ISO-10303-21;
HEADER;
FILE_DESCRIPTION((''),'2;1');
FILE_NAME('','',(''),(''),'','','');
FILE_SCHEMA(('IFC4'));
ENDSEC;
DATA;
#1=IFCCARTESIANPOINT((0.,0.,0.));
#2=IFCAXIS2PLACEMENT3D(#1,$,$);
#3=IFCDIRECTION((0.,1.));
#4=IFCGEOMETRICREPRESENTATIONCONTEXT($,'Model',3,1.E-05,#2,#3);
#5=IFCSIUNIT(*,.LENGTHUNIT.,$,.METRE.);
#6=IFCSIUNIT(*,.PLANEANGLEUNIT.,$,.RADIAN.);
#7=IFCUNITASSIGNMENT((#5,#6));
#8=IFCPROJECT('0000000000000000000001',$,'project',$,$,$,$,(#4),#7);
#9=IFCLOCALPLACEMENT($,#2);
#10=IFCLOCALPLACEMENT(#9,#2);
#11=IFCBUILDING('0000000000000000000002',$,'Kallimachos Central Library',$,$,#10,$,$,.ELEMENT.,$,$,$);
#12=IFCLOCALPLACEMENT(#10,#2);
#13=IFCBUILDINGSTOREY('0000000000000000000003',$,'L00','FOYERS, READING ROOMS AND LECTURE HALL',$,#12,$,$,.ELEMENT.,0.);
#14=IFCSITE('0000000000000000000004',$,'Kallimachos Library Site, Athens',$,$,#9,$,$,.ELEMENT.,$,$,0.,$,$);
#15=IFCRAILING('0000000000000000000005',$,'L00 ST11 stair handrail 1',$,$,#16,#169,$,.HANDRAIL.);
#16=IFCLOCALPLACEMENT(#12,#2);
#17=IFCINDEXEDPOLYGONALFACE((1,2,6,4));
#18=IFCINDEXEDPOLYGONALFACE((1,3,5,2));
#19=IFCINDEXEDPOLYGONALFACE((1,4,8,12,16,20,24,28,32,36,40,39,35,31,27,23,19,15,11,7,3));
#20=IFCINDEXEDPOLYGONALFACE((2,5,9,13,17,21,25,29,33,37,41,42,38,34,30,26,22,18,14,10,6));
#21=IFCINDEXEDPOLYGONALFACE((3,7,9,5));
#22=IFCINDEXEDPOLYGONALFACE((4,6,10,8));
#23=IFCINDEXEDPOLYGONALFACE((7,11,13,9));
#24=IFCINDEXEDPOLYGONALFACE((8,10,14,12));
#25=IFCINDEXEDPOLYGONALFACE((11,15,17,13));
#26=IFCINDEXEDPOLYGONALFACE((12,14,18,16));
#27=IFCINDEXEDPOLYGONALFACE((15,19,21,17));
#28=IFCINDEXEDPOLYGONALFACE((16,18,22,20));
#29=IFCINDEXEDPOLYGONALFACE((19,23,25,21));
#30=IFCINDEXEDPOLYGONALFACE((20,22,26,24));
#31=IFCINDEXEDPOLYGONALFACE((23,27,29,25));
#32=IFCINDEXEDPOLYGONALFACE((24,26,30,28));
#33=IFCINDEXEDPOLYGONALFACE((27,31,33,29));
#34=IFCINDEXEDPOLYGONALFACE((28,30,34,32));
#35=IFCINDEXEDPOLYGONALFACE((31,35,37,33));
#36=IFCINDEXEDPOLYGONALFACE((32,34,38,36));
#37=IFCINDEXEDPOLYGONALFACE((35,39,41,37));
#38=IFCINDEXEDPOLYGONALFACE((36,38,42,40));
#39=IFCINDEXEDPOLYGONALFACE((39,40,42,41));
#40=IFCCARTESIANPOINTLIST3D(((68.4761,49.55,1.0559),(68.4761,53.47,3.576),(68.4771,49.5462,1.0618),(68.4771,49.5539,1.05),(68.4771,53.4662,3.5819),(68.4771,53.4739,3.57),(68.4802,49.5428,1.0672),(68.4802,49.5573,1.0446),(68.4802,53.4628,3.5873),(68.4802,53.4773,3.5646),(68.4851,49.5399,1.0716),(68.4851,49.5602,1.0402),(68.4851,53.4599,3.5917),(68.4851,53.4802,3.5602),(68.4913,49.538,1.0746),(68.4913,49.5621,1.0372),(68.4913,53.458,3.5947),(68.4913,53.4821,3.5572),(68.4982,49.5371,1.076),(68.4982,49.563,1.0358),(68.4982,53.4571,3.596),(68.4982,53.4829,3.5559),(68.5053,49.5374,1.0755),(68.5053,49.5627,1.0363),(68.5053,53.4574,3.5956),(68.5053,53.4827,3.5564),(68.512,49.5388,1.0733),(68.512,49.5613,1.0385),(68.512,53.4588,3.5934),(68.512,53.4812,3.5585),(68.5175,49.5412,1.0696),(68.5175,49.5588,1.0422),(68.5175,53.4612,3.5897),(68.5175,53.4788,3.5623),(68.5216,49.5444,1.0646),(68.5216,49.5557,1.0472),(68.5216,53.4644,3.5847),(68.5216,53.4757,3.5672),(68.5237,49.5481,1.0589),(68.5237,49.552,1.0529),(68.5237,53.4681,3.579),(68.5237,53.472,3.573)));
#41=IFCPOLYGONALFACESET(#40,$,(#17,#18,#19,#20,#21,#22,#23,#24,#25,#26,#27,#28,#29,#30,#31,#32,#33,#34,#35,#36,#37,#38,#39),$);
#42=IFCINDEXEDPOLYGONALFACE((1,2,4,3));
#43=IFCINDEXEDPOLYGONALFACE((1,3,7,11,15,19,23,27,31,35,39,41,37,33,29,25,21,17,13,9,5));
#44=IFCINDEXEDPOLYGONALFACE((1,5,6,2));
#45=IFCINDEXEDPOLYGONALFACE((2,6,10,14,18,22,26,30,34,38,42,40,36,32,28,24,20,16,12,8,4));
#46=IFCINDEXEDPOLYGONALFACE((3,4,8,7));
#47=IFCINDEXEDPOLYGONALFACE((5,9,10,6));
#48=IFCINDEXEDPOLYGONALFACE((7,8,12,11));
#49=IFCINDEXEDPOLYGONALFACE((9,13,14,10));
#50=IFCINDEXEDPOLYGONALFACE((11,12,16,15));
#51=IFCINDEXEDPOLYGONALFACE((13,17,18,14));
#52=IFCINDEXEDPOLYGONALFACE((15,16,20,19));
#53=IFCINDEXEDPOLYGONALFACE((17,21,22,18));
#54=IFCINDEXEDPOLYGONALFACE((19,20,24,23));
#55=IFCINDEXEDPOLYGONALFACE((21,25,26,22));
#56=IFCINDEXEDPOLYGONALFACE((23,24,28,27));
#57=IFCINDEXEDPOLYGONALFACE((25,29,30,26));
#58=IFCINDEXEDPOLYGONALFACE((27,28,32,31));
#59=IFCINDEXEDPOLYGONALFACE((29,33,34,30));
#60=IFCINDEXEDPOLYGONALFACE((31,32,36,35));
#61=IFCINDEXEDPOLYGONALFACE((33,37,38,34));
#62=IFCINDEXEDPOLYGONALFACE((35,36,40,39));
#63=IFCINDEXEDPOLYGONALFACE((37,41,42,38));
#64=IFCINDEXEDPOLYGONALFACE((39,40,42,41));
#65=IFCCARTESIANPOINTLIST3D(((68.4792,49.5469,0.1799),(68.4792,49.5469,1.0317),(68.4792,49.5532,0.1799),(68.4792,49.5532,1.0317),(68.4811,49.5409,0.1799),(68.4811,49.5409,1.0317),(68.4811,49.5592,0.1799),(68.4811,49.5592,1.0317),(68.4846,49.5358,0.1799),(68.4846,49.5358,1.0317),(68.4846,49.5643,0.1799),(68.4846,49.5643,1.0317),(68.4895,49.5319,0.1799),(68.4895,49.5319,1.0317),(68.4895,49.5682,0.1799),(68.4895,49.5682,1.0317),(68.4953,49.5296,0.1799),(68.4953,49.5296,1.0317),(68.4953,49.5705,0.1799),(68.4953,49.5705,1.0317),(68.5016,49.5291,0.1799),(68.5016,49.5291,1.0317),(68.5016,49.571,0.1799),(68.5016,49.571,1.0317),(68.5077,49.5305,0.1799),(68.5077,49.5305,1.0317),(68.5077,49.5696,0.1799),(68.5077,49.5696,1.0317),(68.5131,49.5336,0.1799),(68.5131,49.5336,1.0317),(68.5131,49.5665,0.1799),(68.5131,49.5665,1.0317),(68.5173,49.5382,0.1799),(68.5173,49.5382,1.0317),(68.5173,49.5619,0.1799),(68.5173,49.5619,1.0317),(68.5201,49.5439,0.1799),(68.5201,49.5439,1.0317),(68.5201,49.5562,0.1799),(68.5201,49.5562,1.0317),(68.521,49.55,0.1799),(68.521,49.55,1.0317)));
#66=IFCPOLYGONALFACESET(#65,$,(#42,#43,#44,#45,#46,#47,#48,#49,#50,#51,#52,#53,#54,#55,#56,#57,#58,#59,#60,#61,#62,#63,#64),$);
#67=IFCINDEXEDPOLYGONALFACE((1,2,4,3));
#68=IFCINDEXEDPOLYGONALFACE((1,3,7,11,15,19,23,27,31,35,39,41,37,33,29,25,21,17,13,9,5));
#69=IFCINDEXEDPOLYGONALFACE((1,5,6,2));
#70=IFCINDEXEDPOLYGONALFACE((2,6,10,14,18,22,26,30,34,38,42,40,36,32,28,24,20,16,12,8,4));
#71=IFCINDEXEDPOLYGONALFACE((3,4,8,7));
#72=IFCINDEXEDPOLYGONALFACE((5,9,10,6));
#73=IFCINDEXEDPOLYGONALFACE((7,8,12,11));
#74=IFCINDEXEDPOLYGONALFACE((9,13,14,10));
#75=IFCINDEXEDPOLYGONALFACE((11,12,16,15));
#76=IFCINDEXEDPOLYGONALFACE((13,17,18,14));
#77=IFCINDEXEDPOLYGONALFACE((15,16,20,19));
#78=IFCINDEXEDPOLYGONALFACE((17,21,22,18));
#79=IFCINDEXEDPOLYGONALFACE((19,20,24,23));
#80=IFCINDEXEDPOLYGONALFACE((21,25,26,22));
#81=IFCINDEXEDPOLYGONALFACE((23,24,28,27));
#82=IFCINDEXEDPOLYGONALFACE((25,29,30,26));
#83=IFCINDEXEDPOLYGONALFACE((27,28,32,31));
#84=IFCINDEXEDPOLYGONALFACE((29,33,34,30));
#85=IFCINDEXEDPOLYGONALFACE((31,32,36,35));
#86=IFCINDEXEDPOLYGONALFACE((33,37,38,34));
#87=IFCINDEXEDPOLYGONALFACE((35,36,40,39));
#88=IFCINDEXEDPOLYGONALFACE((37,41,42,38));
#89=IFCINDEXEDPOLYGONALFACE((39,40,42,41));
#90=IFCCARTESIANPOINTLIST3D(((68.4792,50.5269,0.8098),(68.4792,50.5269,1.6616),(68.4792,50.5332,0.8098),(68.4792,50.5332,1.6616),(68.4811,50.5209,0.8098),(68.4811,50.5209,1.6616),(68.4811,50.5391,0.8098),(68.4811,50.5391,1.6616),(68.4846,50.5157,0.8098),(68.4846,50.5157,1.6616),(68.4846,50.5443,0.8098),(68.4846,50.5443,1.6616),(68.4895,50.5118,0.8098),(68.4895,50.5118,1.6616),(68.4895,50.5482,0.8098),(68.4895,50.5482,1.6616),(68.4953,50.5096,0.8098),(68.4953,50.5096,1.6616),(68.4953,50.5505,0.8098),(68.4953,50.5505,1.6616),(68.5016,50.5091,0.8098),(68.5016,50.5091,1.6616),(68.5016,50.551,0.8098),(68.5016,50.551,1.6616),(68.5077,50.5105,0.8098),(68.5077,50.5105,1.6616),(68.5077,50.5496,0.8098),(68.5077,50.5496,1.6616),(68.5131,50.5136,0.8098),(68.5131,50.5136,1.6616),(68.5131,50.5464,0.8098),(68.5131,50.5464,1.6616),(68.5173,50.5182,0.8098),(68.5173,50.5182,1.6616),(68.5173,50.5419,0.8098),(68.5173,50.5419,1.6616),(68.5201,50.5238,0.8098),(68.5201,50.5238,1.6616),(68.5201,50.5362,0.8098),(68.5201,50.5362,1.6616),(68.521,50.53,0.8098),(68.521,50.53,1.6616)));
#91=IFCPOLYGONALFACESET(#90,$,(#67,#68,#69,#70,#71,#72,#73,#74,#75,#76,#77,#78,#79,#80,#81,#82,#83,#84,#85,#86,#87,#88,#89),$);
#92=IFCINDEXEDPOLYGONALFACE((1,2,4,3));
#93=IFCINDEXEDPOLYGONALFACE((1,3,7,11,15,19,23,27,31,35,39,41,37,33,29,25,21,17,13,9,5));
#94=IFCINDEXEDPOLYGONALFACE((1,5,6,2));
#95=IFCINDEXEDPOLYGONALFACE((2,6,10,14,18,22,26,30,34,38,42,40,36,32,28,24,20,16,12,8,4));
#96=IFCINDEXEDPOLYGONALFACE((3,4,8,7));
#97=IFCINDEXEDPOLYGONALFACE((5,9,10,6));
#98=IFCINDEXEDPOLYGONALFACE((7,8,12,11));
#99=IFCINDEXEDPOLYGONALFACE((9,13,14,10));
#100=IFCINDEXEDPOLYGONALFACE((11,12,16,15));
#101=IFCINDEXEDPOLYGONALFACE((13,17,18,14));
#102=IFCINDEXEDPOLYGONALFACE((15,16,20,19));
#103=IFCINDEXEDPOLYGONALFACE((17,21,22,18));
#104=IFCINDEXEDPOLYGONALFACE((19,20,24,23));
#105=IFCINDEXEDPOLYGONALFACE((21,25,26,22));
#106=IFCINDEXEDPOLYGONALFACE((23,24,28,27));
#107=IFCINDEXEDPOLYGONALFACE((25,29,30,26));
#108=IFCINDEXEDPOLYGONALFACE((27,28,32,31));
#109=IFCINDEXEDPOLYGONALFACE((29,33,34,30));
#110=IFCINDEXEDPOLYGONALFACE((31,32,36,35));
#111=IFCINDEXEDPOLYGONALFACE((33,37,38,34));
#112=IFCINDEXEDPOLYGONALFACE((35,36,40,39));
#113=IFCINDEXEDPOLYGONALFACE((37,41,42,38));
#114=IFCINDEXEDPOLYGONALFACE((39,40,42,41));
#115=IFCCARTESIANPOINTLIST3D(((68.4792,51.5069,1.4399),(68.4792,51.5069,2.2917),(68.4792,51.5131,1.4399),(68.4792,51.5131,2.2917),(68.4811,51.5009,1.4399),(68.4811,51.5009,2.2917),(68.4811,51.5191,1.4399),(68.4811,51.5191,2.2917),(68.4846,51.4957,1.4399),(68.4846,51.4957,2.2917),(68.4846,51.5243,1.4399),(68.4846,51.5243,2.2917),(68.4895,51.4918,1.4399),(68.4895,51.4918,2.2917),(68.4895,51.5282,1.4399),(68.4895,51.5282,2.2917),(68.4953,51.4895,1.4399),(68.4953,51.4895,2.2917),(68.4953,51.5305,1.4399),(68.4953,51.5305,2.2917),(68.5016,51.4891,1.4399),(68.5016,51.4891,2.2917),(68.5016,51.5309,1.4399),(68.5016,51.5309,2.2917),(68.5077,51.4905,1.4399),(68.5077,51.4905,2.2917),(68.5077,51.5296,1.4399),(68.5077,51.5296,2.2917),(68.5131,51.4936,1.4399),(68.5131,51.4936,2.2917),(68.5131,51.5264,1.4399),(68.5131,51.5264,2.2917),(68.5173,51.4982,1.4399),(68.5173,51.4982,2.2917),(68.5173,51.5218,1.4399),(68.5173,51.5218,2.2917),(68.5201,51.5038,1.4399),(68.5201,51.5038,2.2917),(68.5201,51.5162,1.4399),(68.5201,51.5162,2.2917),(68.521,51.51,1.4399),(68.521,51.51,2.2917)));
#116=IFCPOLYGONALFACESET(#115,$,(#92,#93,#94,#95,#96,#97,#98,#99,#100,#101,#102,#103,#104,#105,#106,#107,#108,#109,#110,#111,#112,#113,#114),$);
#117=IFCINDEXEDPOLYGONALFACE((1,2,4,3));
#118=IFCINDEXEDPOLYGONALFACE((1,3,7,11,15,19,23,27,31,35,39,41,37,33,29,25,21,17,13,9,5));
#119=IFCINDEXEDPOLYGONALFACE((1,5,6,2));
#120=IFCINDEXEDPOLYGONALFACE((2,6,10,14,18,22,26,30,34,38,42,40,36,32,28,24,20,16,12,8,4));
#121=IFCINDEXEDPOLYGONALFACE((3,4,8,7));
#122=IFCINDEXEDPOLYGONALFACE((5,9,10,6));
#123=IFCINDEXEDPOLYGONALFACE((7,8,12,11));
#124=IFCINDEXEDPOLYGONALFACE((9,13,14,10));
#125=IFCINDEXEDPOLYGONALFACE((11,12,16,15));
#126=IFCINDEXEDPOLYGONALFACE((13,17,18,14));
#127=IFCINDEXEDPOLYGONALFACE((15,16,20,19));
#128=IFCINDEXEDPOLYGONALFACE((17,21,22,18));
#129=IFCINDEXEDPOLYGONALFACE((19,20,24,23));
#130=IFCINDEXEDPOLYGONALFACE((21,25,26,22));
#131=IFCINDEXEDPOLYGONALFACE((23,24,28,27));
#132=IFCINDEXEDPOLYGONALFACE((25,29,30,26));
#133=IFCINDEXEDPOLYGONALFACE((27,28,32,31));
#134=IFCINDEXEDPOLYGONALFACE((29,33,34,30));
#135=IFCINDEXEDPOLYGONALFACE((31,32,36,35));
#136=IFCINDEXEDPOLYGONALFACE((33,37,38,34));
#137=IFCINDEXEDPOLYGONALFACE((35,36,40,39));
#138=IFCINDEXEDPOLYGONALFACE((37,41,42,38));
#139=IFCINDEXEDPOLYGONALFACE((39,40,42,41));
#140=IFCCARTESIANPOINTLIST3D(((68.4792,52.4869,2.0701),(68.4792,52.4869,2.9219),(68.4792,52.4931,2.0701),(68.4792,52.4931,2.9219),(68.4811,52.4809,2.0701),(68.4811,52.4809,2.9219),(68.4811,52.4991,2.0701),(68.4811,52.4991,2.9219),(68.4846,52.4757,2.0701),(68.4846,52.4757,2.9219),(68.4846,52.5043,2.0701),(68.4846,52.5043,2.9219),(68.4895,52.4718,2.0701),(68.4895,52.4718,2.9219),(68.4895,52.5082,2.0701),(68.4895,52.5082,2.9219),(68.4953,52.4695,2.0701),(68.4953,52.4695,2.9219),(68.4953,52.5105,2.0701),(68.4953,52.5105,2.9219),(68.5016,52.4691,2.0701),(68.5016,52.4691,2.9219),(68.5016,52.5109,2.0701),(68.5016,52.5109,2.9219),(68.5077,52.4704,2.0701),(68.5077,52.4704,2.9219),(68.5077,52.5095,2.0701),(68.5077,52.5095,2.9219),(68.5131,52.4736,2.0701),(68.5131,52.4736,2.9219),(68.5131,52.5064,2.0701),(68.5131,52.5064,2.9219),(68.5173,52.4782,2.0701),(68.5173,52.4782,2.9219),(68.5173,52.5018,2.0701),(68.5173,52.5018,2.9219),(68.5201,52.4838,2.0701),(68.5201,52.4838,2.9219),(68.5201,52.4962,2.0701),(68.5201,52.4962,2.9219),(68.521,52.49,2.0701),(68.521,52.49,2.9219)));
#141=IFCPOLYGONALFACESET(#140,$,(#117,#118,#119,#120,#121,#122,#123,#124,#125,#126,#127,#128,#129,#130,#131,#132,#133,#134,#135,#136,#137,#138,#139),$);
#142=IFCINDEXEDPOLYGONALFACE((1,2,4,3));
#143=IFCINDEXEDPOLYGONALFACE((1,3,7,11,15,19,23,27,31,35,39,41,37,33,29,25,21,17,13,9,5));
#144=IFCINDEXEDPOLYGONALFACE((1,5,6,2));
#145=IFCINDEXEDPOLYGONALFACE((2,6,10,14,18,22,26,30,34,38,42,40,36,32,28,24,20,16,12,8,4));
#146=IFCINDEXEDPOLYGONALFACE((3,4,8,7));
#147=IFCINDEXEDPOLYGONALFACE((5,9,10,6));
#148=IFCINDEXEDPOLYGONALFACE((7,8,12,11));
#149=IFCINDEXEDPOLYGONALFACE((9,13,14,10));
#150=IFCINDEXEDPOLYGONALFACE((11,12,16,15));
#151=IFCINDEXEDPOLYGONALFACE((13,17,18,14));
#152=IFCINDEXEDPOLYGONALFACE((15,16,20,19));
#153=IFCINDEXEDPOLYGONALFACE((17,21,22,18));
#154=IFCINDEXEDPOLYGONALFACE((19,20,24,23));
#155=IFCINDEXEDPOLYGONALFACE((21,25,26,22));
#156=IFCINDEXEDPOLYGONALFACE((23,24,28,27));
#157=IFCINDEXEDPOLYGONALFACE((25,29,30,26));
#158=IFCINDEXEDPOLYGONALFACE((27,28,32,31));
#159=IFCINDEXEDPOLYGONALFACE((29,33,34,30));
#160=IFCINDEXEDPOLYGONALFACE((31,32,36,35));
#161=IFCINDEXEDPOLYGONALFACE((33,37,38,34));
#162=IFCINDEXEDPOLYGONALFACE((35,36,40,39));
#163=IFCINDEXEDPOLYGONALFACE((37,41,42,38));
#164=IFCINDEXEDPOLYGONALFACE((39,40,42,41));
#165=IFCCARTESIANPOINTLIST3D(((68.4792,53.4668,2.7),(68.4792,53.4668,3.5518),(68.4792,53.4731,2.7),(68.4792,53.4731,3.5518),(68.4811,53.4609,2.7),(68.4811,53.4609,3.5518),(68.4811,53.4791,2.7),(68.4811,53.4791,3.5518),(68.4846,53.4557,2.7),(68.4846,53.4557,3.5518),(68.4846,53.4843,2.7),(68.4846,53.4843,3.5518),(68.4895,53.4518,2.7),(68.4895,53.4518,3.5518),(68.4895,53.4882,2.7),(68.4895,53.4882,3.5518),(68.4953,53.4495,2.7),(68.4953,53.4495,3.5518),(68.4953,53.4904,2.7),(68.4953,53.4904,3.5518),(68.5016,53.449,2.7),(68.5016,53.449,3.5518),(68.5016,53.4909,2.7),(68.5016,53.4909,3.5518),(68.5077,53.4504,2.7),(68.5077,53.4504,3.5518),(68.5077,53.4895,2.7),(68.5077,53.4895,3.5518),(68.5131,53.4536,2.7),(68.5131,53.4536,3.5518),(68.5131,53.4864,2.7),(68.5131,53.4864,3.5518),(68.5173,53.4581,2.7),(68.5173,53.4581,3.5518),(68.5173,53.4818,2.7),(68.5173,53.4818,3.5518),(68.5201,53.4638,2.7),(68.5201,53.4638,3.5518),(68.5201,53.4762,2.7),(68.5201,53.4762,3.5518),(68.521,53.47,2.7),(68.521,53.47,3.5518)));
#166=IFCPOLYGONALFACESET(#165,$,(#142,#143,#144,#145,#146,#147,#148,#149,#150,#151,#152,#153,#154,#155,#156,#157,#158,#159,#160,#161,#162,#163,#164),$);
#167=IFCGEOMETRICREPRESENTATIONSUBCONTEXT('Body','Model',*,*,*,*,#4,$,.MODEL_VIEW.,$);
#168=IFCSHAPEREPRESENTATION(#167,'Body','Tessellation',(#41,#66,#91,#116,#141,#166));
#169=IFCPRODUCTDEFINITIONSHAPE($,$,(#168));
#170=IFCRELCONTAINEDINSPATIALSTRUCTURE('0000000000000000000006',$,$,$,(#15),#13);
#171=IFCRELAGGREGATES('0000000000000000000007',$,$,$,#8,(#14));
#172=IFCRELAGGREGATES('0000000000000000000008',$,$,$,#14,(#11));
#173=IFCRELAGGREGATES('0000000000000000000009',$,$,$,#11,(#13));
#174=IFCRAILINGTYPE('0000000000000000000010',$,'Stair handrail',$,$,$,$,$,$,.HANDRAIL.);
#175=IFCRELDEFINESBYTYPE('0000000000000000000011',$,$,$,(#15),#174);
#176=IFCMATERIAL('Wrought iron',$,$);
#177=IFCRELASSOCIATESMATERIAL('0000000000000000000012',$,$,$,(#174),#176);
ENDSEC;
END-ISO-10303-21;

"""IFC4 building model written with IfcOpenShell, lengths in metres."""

from ifc_helpers import new_model, si_unit, direction, frame, origin, origin_2d, place, context, subcontext, project, spatial, circle, extrude, material, type_object, element, save


model = new_model("IFC4")

# Units and contexts
model_context = context("Model", 3, precision=1e-05, world=origin(), true_north=direction((0.0, 1.0)))
body_context = subcontext(model_context, "Body", "Model", "MODEL_VIEW")
ifc_project = project(units=[si_unit("LENGTHUNIT", "METRE"), si_unit("PLANEANGLEUNIT", "RADIAN")], contexts=[model_context])

# Site, building, storey
site_placement = place(None, origin())
site = spatial("IfcSite", under=ifc_project, at=site_placement, Name="Kallimachos Library Site, Athens", CompositionType="ELEMENT", RefElevation=0.0)
building_placement = place(site_placement, origin())
building = spatial("IfcBuilding", under=site, at=building_placement, Name="Kallimachos Central Library", CompositionType="ELEMENT")
storey_placement = place(building_placement, origin())
storey = spatial("IfcBuildingStorey", under=building, at=storey_placement, Name="L00", Description="FOYERS, READING ROOMS AND LECTURE HALL", CompositionType="ELEMENT", Elevation=0.0)

# Railing
ifc_material_1 = material(Name="Wrought iron")
railing_type_1 = type_object("IfcRailingType", Name="Stair handrail", PredefinedType="HANDRAIL", material=ifc_material_1)
railing_1_placement = place(storey_placement, frame((68.5, 49.55, 0.1799)))
element("IfcRailing", 1, at=railing_1_placement, inside=storey, type_object=railing_type_1, Name="L00 ST11 stair handrail 1", PredefinedType="HANDRAIL", context=body_context, shape_type="SweptSolid", body=[
    extrude(circle(Radius=0.0239, at=origin_2d()), frame((0.0, 0.0, 0.876), z_axis=(0.0, 0.841172, 0.540768), x_axis=(-1.0, 0.0, 0.0)), (0.0, 0.0, 1.0), 4.6602),
    extrude(circle(Radius=0.021, at=origin_2d()), origin(), (0.0, 0.0, 1.0), 0.8518),
    extrude(circle(Radius=0.021, at=origin_2d()), frame((0.0, 0.98, 0.6299)), (0.0, 0.0, 1.0), 0.8518),
    extrude(circle(Radius=0.021, at=origin_2d()), frame((0.0, 1.96, 1.26)), (0.0, 0.0, 1.0), 0.8518),
    extrude(circle(Radius=0.021, at=origin_2d()), frame((0.0, 2.9399, 1.8901)), (0.0, 0.0, 1.0), 0.8518),
    extrude(circle(Radius=0.021, at=origin_2d()), frame((0.0, 3.9199, 2.52)), (0.0, 0.0, 1.0), 0.8518),
])

save(model, "model.ifc")
